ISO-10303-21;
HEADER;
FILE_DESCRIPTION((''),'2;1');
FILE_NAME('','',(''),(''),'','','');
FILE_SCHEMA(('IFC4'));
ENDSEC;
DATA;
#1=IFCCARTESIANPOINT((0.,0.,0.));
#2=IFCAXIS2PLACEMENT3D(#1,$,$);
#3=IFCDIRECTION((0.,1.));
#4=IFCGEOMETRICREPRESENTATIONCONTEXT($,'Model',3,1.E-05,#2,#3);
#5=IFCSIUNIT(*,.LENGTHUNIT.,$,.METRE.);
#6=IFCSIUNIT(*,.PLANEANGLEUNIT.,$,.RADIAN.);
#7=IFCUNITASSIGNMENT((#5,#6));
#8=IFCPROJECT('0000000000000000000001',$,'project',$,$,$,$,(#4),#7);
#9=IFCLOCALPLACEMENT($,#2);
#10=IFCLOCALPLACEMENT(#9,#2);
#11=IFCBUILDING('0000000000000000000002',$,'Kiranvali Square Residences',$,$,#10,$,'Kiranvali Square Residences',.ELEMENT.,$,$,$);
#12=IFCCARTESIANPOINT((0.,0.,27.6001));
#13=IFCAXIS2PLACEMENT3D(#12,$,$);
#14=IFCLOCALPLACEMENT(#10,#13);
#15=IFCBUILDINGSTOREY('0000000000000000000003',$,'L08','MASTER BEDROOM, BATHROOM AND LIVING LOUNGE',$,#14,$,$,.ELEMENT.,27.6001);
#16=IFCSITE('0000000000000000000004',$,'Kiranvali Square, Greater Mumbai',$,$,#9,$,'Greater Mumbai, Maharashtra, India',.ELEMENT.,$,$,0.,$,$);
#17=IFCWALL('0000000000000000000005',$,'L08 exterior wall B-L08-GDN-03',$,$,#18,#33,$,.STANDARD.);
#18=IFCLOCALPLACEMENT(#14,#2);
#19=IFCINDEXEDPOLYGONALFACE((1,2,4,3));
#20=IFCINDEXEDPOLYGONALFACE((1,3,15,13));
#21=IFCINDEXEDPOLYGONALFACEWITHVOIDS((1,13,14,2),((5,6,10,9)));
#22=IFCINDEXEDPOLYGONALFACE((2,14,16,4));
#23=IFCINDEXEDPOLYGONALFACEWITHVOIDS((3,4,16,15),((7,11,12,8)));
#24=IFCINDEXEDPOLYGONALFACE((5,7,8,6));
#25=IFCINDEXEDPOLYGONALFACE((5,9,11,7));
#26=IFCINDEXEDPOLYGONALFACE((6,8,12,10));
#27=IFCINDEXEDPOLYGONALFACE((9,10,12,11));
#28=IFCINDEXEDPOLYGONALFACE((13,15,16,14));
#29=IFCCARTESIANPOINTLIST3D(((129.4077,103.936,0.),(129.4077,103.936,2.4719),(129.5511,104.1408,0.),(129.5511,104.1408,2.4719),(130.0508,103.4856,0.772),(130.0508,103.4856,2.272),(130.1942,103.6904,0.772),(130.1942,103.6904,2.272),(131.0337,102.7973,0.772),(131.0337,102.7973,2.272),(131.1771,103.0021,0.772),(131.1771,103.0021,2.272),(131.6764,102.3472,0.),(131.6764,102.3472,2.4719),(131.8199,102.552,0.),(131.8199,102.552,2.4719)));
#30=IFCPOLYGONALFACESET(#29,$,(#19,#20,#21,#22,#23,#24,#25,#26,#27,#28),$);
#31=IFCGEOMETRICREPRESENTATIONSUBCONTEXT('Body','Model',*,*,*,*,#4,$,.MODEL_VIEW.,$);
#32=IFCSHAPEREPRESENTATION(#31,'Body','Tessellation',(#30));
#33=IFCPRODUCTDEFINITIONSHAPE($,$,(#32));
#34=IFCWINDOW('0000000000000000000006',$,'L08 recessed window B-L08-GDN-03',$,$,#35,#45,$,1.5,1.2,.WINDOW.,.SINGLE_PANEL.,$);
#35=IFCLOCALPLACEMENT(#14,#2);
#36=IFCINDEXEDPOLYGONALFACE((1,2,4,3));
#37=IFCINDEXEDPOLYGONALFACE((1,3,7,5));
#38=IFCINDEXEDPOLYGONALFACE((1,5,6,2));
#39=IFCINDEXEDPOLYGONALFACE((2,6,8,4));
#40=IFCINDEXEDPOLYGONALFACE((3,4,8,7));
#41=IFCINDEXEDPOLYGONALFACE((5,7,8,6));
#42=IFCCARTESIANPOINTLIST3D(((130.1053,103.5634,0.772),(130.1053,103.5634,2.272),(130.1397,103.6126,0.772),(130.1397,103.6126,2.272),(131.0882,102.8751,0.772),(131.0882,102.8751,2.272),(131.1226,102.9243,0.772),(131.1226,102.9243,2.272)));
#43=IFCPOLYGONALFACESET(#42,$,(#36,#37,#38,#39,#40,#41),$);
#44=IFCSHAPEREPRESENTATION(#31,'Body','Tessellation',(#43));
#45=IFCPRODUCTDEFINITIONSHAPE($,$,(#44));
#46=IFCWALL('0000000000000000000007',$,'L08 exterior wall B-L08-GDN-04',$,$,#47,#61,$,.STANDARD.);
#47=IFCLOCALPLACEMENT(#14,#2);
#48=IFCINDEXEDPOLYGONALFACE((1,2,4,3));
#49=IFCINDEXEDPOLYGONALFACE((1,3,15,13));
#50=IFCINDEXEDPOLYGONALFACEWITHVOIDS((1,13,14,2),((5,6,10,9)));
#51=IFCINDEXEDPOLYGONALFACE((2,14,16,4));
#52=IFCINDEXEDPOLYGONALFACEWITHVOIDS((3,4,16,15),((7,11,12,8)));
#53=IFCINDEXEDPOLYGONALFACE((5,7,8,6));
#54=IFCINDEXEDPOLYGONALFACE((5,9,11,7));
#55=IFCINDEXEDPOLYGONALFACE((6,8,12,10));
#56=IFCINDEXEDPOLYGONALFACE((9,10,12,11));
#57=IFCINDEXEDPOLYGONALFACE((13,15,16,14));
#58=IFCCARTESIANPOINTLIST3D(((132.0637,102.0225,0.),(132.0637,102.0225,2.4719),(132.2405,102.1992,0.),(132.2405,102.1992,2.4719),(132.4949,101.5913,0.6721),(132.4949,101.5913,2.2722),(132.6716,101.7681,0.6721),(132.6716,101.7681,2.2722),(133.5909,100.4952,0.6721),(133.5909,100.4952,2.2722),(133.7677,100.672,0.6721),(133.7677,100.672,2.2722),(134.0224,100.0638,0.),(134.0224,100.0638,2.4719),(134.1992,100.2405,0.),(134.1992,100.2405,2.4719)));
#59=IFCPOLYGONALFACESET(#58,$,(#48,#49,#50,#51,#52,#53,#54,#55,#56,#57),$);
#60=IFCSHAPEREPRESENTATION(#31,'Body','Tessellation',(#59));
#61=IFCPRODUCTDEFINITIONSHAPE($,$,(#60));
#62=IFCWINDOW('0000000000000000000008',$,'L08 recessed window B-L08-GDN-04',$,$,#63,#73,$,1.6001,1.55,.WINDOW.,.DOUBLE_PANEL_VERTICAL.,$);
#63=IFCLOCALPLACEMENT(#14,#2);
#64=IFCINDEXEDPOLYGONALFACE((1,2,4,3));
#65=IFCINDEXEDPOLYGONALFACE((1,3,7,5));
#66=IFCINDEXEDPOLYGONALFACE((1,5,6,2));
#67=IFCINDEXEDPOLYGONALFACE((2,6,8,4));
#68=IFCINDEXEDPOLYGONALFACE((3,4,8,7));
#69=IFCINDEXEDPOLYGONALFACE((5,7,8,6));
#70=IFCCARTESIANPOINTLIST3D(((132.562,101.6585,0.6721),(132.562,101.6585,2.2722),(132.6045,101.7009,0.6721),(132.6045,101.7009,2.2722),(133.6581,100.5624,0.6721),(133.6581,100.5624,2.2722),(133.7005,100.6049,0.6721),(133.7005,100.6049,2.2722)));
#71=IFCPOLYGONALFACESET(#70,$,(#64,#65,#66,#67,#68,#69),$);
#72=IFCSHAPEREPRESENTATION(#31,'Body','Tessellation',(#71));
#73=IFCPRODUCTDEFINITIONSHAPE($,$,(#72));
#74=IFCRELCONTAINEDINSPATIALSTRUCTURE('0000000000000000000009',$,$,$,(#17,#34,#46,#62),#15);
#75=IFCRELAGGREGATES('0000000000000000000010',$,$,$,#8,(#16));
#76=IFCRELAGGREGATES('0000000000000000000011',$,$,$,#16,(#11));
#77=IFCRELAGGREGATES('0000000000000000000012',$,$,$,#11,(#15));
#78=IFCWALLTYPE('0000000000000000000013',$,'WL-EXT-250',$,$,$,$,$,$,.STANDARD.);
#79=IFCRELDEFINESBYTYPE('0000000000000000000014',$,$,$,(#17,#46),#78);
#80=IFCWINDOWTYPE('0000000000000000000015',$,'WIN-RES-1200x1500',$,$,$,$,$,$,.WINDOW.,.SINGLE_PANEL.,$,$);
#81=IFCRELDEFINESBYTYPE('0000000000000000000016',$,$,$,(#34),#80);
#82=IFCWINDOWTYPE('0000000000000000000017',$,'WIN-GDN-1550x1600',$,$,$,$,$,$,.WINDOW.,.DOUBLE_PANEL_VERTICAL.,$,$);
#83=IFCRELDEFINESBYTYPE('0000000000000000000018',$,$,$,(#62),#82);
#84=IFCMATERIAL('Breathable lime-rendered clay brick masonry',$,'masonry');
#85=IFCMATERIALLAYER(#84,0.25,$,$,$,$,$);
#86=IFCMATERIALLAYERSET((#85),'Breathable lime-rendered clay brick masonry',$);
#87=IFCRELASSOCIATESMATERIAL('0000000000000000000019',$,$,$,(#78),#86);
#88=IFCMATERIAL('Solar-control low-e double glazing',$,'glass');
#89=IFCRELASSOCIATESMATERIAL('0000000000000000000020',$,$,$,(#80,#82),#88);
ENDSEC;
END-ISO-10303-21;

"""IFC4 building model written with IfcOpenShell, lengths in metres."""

from ifc_helpers import new_model, si_unit, direction, frame, frame_2d, origin, place, context, subcontext, project, spatial, rectangle, extrude, material, layer, layer_set, type_object, element, fill, save


model = new_model("IFC4")

# Units and contexts
model_context = context("Model", 3, precision=1e-05, world=origin(), true_north=direction((0.0, 1.0)))
body_context = subcontext(model_context, "Body", "Model", "MODEL_VIEW")
ifc_project = project(units=[si_unit("LENGTHUNIT", "METRE"), si_unit("PLANEANGLEUNIT", "RADIAN")], contexts=[model_context])

# Site, building, storey
site_placement = place(None, origin())
site = spatial("IfcSite", under=ifc_project, at=site_placement, Name="Kiranvali Square, Greater Mumbai", LongName="Greater Mumbai, Maharashtra, India", CompositionType="ELEMENT", RefElevation=0.0)
building_placement = place(site_placement, origin())
building = spatial("IfcBuilding", under=site, at=building_placement, Name="Kiranvali Square Residences", LongName="Kiranvali Square Residences", CompositionType="ELEMENT")
storey_placement = place(building_placement, frame((0.0, 0.0, 27.6001)))
storey = spatial("IfcBuildingStorey", under=building, at=storey_placement, Name="L08", Description="MASTER BEDROOM, BATHROOM AND LIVING LOUNGE", CompositionType="ELEMENT", Elevation=27.6001)

# Shared definitions
ifc_material_1 = material(Name="Breathable lime-rendered clay brick masonry", Category="masonry")
ifc_layer_1 = layer(ifc_material_1, 0.25)
ifc_layer_set_1 = layer_set([ifc_layer_1], Name="Breathable lime-rendered clay brick masonry")
wall_type_1 = type_object("IfcWallType", Name="WL-EXT-250", PredefinedType="STANDARD", material=ifc_layer_set_1)

# Walls, openings, windows
wall_1_placement = place(storey_placement, frame((129.4795, 104.0383, 0.0), z_axis=(0.0, 0.0, 1.0), x_axis=(0.819112, -0.573634, 0.0)))
wall_1 = element("IfcWall", 1, at=wall_1_placement, inside=storey, type_object=wall_type_1, Name="L08 exterior wall B-L08-GDN-03", PredefinedType="STANDARD", context=body_context, shape_type="SweptSolid", body=[
    extrude(rectangle(XDim=2.7698, YDim=0.25, at=frame_2d((1.3848, 0.0))), origin(), (0.0, 0.0, 1.0), 2.4719),
])
opening_1_placement = place(wall_1_placement, frame((0.7849, 0.0, 0.772)))
opening_1 = element("IfcOpeningElement", 2, at=opening_1_placement, cuts=wall_1, PredefinedType="OPENING", context=body_context, shape_type="SweptSolid", body=[
    extrude(rectangle(XDim=1.2, YDim=1.5, at=frame_2d((0.6001, 0.75))), frame((0.0, 0.135, 0.0), z_axis=(0.0, -1.0, 0.0), x_axis=(1.0, 0.0, 0.0)), (0.0, 0.0, 1.0), 0.27),
])
ifc_material_2 = material(Name="Solar-control low-e double glazing", Category="glass")
window_type_1 = type_object("IfcWindowType", Name="WIN-RES-1200x1500", PartitioningType="SINGLE_PANEL", PredefinedType="WINDOW", material=ifc_material_2)
window_1_placement = place(opening_1_placement, origin())
window_1 = element("IfcWindow", 3, at=window_1_placement, inside=storey, type_object=window_type_1, Name="L08 recessed window B-L08-GDN-03", OverallHeight=1.5, OverallWidth=1.2, PartitioningType="SINGLE_PANEL", PredefinedType="WINDOW", context=body_context, shape_type="SweptSolid", body=[
    extrude(rectangle(XDim=1.2, YDim=1.5, at=frame_2d((0.6001, 0.75))), frame((0.0, 0.03, 0.0), z_axis=(0.0, -1.0, 0.0), x_axis=(1.0, 0.0, 0.0)), (0.0, 0.0, 1.0), 0.0601),
])
fill(opening_1, window_1)
wall_2_placement = place(storey_placement, frame((132.1521, 102.1108, 0.0), z_axis=(0.0, 0.0, 1.0), x_axis=(0.707107, -0.707107, 0.0)))
wall_2 = element("IfcWall", 4, at=wall_2_placement, inside=storey, type_object=wall_type_1, Name="L08 exterior wall B-L08-GDN-04", PredefinedType="STANDARD", context=body_context, shape_type="SweptSolid", body=[
    extrude(rectangle(XDim=2.77, YDim=0.25, at=frame_2d((1.385, 0.0))), origin(), (0.0, 0.0, 1.0), 2.4719),
])
opening_2_placement = place(wall_2_placement, frame((0.6099, 0.0, 0.6721)))
opening_2 = element("IfcOpeningElement", 5, at=opening_2_placement, cuts=wall_2, PredefinedType="OPENING", context=body_context, shape_type="SweptSolid", body=[
    extrude(rectangle(XDim=1.55, YDim=1.6001, at=frame_2d((0.7749, 0.8))), frame((0.0, 0.135, 0.0), z_axis=(0.0, -1.0, 0.0), x_axis=(1.0, 0.0, 0.0)), (0.0, 0.0, 1.0), 0.27),
])
window_type_2 = type_object("IfcWindowType", Name="WIN-GDN-1550x1600", PartitioningType="DOUBLE_PANEL_VERTICAL", PredefinedType="WINDOW", material=ifc_material_2)
window_2_placement = place(opening_2_placement, origin())
window_2 = element("IfcWindow", 6, at=window_2_placement, inside=storey, type_object=window_type_2, Name="L08 recessed window B-L08-GDN-04", OverallHeight=1.6001, OverallWidth=1.55, PartitioningType="DOUBLE_PANEL_VERTICAL", PredefinedType="WINDOW", context=body_context, shape_type="SweptSolid", body=[
    extrude(rectangle(XDim=1.55, YDim=1.6001, at=frame_2d((0.7749, 0.8))), frame((0.0, 0.03, 0.0), z_axis=(0.0, -1.0, 0.0), x_axis=(1.0, 0.0, 0.0)), (0.0, 0.0, 1.0), 0.0601),
])
fill(opening_2, window_2)

save(model, "model.ifc")
